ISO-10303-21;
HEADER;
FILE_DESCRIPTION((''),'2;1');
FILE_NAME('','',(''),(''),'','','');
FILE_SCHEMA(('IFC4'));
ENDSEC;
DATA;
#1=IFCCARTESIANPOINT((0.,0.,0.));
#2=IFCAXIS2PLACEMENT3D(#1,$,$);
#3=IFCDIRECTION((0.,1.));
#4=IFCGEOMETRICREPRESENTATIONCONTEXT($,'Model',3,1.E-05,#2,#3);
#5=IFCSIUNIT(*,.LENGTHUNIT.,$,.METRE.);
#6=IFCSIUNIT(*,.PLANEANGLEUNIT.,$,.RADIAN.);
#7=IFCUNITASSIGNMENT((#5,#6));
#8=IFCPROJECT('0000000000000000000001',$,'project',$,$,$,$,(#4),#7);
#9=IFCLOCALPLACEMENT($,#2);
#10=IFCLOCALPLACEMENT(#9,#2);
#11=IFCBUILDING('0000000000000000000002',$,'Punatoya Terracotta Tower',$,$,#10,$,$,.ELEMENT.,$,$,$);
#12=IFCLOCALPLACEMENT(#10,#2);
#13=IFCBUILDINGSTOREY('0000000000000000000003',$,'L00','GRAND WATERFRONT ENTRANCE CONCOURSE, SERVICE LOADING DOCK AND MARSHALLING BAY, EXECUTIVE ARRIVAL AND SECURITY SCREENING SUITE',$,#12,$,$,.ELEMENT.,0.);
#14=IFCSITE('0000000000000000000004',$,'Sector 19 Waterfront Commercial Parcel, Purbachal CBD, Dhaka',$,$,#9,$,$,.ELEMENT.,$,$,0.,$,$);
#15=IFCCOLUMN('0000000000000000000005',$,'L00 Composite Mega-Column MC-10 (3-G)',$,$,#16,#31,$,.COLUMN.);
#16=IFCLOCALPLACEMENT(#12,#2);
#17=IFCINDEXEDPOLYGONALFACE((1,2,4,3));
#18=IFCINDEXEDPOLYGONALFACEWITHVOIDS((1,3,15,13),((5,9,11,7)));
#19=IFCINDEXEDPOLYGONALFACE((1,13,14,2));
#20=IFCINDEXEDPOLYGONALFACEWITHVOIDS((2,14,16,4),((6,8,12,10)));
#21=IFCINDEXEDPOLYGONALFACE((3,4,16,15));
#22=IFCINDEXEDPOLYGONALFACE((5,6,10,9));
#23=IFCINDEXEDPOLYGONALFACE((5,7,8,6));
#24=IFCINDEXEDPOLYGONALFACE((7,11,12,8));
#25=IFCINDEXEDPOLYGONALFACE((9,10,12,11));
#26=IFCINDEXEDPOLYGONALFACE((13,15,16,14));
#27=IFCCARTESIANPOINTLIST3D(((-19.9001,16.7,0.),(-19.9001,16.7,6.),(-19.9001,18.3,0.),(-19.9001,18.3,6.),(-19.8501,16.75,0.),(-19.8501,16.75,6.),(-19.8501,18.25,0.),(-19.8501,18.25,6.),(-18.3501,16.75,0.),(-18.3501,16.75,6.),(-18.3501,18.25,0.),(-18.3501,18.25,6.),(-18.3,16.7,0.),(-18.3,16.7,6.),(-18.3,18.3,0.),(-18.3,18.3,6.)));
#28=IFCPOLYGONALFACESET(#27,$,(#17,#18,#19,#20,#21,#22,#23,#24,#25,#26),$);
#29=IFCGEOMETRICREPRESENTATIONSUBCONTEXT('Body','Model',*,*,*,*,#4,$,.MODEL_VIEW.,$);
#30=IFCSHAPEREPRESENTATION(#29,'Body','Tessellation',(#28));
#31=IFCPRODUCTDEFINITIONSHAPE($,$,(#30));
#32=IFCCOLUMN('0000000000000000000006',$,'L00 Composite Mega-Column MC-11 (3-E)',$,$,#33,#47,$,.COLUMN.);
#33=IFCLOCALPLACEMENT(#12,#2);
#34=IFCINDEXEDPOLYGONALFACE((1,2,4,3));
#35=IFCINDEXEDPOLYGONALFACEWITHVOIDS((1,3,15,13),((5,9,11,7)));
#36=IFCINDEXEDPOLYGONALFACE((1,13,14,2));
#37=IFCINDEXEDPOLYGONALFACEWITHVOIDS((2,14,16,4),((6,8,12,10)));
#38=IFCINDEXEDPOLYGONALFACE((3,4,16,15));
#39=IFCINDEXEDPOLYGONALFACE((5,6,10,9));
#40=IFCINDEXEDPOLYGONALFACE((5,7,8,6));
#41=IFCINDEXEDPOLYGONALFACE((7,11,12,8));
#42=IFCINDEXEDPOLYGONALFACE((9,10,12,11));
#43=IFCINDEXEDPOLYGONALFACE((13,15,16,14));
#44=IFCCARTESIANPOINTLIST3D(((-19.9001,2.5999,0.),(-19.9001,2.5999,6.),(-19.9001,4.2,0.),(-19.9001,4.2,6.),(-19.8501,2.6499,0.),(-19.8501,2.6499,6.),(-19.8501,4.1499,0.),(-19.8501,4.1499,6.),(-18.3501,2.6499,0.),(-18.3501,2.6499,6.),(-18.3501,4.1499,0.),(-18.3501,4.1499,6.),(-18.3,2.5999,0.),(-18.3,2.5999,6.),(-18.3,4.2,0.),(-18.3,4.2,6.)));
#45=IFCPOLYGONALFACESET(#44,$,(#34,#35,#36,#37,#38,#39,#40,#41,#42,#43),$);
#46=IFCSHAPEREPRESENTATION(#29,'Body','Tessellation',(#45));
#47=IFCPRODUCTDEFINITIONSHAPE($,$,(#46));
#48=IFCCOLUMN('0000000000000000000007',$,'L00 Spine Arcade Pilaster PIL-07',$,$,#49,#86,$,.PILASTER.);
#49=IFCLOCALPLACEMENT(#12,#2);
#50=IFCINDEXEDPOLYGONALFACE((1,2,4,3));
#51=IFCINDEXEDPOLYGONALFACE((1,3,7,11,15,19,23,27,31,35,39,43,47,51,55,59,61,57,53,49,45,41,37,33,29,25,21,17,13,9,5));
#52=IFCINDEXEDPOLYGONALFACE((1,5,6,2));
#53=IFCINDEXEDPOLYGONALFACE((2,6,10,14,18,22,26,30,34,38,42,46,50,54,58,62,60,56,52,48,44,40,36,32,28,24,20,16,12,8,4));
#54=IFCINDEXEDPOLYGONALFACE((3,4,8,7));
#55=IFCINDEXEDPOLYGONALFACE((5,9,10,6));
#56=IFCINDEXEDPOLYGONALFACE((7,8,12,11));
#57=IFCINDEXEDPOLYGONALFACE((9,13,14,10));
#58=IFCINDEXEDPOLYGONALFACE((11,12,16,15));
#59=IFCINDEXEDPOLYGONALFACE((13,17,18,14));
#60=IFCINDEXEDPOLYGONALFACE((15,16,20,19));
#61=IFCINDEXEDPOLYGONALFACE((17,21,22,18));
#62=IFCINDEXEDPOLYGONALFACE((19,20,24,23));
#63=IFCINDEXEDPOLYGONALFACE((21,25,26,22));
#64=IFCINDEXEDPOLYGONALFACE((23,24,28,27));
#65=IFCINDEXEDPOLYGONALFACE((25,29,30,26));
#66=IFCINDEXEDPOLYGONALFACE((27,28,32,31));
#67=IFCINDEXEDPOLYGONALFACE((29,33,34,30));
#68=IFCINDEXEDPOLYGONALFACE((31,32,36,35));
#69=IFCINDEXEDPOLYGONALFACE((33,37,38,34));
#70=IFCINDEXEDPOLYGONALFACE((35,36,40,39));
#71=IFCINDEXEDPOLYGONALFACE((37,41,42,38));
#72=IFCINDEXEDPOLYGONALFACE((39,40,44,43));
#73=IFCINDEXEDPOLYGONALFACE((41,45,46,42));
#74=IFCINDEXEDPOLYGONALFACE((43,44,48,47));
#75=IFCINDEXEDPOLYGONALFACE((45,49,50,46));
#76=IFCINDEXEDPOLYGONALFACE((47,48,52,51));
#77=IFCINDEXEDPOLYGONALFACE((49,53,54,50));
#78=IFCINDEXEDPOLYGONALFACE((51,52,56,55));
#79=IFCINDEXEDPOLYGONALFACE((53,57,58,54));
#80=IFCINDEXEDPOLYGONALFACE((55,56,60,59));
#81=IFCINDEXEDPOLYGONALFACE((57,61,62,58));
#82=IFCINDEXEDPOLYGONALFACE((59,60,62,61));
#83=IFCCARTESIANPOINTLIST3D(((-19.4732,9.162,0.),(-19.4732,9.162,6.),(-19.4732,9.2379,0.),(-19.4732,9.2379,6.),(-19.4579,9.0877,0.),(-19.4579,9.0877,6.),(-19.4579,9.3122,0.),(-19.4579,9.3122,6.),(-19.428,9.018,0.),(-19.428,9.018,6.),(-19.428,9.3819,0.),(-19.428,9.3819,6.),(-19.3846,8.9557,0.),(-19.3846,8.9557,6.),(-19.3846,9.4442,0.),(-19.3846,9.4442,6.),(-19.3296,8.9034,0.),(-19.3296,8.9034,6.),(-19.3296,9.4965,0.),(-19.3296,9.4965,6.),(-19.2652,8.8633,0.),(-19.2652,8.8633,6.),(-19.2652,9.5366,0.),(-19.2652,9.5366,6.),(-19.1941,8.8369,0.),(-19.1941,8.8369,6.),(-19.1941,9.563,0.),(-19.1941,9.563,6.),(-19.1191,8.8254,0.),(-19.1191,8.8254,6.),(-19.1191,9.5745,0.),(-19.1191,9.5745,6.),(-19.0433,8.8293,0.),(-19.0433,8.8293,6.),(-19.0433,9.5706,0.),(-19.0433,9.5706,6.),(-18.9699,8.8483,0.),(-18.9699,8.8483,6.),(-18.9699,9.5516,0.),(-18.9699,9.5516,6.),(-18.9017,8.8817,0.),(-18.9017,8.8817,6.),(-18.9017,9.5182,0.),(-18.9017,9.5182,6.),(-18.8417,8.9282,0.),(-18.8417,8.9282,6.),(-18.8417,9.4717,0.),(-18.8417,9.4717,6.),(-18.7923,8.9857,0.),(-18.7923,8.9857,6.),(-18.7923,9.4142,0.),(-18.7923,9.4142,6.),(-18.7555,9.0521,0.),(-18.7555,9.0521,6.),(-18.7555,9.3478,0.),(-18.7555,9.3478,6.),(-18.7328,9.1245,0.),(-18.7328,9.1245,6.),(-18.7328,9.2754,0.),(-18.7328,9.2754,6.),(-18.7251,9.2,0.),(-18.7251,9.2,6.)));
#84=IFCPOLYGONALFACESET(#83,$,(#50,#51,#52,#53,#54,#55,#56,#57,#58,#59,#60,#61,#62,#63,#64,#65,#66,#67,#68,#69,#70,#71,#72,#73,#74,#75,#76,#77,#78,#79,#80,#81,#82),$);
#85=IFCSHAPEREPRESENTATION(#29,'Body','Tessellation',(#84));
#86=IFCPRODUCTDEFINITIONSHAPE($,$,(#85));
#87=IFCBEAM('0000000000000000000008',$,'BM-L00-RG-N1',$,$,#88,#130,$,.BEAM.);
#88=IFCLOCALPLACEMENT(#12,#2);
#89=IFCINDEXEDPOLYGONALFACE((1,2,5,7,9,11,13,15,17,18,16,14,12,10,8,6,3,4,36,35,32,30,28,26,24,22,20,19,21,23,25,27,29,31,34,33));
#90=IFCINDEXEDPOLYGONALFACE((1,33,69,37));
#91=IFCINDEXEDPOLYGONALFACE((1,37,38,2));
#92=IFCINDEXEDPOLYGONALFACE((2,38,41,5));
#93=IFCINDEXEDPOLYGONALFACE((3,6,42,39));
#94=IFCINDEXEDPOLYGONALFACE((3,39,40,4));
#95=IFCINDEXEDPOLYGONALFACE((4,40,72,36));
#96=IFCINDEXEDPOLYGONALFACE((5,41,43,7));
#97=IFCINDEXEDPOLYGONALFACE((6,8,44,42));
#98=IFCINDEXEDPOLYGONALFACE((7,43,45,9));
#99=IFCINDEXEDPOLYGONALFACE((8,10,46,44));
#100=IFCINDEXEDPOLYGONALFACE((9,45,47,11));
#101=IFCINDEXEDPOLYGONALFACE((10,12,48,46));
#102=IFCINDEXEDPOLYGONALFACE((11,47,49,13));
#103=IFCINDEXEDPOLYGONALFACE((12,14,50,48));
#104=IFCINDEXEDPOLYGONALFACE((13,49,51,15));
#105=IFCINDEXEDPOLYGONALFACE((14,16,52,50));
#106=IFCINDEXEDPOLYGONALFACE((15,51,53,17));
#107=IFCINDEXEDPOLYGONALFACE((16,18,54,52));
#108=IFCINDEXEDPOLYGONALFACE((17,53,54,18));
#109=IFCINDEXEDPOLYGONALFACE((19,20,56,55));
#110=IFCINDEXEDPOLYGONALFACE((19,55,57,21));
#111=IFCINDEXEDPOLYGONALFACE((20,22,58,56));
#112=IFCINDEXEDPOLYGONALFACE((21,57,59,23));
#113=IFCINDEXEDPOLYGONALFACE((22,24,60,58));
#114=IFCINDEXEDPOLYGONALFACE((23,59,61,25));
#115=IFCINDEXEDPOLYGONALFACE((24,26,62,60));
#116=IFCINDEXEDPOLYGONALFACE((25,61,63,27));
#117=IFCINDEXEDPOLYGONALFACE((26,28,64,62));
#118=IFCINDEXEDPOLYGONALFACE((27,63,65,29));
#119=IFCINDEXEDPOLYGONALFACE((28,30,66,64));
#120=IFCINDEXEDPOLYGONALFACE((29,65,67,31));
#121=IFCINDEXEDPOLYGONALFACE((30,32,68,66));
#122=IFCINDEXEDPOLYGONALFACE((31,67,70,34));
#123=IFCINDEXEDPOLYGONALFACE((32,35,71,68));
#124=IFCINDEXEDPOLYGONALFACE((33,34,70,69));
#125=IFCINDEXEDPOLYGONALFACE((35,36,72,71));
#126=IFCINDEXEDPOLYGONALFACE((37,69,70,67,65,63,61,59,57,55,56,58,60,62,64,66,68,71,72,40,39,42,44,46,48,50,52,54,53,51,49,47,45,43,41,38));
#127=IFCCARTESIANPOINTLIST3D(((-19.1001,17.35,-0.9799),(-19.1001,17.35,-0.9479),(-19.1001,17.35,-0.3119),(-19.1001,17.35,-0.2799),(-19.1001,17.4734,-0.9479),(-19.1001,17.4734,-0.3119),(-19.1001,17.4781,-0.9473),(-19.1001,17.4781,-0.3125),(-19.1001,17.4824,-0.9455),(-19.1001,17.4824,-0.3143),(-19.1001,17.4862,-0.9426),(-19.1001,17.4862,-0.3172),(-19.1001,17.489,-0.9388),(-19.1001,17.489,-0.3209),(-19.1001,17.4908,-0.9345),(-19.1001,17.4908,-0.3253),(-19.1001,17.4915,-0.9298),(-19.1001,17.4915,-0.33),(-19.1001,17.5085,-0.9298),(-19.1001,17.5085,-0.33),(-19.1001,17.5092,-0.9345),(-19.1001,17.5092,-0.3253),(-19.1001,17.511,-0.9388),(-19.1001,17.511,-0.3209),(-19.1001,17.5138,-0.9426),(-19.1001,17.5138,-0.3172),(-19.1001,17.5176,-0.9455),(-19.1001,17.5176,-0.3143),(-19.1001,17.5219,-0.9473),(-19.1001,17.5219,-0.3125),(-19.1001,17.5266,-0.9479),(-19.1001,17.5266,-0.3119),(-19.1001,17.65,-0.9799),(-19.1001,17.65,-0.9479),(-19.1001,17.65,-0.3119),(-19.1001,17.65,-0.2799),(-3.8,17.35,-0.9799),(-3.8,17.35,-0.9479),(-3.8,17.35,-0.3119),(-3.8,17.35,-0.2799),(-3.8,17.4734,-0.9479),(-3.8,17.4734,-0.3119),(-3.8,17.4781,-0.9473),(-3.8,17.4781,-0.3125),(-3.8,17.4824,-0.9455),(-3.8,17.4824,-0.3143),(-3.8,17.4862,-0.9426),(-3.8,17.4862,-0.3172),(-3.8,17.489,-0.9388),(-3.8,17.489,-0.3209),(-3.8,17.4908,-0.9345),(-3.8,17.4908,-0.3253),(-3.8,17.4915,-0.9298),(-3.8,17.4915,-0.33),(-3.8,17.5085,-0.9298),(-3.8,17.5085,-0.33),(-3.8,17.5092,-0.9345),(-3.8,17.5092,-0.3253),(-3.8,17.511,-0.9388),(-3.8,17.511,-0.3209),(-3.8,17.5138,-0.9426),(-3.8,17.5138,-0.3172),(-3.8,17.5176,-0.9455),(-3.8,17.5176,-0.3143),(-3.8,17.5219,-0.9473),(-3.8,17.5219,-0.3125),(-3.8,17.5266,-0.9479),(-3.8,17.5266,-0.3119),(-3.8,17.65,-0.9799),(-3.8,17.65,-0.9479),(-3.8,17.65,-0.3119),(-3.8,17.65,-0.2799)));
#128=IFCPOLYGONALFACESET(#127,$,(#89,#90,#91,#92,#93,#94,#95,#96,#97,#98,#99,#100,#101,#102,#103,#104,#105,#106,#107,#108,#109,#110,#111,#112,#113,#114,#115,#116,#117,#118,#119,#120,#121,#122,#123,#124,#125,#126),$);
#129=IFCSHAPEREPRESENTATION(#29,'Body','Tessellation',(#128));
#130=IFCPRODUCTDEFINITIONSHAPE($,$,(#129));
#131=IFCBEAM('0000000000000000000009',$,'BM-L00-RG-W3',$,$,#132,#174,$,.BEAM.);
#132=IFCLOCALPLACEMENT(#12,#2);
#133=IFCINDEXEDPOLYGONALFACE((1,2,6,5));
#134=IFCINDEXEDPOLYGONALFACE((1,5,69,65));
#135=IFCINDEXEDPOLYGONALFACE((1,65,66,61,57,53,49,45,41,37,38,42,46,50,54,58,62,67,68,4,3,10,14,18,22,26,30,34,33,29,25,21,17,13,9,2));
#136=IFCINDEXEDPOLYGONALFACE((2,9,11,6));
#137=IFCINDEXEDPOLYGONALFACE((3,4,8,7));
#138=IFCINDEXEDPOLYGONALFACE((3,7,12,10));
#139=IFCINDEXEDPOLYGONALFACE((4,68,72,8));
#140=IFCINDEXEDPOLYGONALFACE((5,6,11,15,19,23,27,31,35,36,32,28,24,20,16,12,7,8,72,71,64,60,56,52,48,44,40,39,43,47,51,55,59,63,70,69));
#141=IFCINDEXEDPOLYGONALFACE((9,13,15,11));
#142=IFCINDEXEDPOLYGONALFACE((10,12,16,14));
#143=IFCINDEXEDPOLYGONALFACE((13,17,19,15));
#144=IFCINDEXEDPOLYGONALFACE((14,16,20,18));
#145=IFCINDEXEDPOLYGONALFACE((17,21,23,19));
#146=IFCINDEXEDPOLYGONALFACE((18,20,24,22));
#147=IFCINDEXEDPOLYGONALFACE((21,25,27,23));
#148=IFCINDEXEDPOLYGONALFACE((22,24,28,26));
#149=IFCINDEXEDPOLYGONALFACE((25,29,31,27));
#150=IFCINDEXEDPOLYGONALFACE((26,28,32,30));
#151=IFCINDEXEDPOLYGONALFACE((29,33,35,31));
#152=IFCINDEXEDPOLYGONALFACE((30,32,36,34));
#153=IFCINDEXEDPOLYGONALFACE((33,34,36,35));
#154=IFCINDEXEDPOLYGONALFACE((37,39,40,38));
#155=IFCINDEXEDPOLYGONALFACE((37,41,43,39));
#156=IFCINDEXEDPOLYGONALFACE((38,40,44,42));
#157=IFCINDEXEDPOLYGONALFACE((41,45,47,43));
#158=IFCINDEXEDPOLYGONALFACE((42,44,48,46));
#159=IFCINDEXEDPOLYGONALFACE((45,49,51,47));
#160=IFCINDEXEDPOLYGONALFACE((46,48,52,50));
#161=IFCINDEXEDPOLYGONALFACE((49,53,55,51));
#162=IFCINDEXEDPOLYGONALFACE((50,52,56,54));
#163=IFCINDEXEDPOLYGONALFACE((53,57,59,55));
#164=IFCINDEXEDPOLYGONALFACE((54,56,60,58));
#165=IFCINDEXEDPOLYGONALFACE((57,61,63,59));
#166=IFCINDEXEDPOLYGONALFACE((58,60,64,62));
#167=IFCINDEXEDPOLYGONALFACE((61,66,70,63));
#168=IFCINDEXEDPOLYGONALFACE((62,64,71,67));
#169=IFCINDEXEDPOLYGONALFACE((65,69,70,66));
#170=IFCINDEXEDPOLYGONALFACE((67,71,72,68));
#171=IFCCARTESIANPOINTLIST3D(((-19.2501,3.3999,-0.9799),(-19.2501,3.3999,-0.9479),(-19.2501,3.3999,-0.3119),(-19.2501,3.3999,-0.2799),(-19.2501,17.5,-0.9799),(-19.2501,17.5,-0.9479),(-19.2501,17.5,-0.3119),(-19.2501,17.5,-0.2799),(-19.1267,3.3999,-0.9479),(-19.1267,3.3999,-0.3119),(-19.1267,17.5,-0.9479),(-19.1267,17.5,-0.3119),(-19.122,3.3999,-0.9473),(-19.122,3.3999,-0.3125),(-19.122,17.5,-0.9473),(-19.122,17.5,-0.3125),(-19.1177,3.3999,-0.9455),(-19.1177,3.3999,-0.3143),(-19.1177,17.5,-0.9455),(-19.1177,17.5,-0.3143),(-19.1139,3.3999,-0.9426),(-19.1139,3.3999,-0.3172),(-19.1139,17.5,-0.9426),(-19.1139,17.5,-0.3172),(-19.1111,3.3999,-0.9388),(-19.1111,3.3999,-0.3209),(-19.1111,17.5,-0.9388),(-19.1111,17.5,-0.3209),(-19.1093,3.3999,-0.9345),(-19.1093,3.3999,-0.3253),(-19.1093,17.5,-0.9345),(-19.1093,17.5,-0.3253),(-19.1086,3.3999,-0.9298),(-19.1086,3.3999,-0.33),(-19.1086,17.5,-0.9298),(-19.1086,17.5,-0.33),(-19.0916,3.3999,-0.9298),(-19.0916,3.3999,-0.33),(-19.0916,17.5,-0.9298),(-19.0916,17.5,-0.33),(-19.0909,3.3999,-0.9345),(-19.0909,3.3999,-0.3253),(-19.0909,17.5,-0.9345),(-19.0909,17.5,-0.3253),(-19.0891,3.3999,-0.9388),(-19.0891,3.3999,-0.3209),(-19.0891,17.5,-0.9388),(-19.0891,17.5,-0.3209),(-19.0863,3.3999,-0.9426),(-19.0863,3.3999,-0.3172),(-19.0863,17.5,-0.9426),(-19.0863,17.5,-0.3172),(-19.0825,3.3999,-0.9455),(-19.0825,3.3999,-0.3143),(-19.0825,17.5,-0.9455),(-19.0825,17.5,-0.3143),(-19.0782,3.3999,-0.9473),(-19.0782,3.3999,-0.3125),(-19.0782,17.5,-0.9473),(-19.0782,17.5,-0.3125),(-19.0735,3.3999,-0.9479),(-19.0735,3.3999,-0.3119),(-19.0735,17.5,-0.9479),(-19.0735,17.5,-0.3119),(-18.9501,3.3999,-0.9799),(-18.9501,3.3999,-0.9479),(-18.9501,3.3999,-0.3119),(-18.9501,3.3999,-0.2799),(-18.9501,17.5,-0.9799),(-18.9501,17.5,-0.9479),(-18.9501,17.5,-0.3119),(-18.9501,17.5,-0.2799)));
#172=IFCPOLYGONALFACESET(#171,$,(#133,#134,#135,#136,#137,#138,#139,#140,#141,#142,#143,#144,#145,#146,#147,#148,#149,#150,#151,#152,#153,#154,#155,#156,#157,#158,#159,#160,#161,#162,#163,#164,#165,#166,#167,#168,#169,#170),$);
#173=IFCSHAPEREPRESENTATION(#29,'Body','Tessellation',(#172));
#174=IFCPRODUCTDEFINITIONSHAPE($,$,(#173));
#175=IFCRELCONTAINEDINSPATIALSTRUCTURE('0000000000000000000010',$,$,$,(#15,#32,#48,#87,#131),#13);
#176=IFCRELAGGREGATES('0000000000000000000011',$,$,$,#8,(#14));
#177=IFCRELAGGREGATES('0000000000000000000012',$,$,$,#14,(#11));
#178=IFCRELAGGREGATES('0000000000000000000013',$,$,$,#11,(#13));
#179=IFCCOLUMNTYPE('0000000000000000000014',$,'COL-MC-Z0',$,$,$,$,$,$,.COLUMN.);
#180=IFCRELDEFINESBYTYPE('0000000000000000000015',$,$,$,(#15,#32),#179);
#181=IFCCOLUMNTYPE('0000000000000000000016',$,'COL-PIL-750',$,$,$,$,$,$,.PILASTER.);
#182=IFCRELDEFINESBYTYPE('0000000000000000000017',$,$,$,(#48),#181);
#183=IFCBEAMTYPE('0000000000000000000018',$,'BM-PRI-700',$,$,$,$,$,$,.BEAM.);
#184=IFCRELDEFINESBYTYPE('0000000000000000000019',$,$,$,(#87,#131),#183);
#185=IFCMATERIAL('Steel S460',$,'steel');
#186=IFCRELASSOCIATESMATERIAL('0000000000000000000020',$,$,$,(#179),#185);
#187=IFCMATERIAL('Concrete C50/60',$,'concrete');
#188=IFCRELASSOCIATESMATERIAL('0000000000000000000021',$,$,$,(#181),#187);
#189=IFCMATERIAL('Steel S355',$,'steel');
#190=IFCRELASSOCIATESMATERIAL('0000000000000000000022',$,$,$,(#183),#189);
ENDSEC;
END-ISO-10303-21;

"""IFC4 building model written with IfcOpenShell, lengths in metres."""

from ifc_helpers import new_model, si_unit, direction, frame, origin, origin_2d, place, context, subcontext, project, spatial, hollow_rectangle, circle, i_section, extrude, material, material_profile, profile_set, type_object, element, save


model = new_model("IFC4")

# Units and contexts
model_context = context("Model", 3, precision=1e-05, world=origin(), true_north=direction((0.0, 1.0)))
body_context = subcontext(model_context, "Body", "Model", "MODEL_VIEW")
ifc_project = project(units=[si_unit("LENGTHUNIT", "METRE"), si_unit("PLANEANGLEUNIT", "RADIAN")], contexts=[model_context])

# Site, building, storey
site_placement = place(None, origin())
site = spatial("IfcSite", under=ifc_project, at=site_placement, Name="Sector 19 Waterfront Commercial Parcel, Purbachal CBD, Dhaka", CompositionType="ELEMENT", RefElevation=0.0)
building_placement = place(site_placement, origin())
building = spatial("IfcBuilding", under=site, at=building_placement, Name="Punatoya Terracotta Tower", CompositionType="ELEMENT")
storey_placement = place(building_placement, origin())
storey = spatial("IfcBuildingStorey", under=building, at=storey_placement, Name="L00", Description="GRAND WATERFRONT ENTRANCE CONCOURSE, SERVICE LOADING DOCK AND MARSHALLING BAY, EXECUTIVE ARRIVAL AND SECURITY SCREENING SUITE", CompositionType="ELEMENT", Elevation=0.0)

# Columns
ifc_material_1 = material(Name="Steel S460", Category="steel")
ifc_material_profile_1 = material_profile(ifc_material_1, hollow_rectangle(XDim=1.6001, YDim=1.6001, WallThickness=0.05, at=origin_2d()))
ifc_profile_set_1 = profile_set([ifc_material_profile_1], Name="Steel S460")
column_type_1 = type_object("IfcColumnType", Name="COL-MC-Z0", PredefinedType="COLUMN", material=ifc_profile_set_1)
for number, where, z_axis, x_axis, name in (
    (1, (-19.1001, 17.5, 0.0), (0.0, 0.0, 1.0), (1.0, 0.0, 0.0), "L00 Composite Mega-Column MC-10 (3-G)"),
    (2, (-19.1001, 3.3999, 0.0), (0.0, 0.0, 1.0), (1.0, 0.0, 0.0), "L00 Composite Mega-Column MC-11 (3-E)"),
):
    element("IfcColumn", number, at=place(storey_placement, frame(where, z_axis=z_axis, x_axis=x_axis)), inside=storey, type_object=column_type_1, Name=name, PredefinedType="COLUMN", context=body_context, shape_type="SweptSolid", body=[
        extrude(hollow_rectangle(XDim=1.6001, YDim=1.6001, WallThickness=0.05, at=origin_2d()), origin(), (0.0, 0.0, 1.0), 6.0),
    ])
ifc_material_2 = material(Name="Concrete C50/60", Category="concrete")
ifc_material_profile_2 = material_profile(ifc_material_2, circle(Radius=0.375, at=origin_2d()))
ifc_profile_set_2 = profile_set([ifc_material_profile_2], Name="Concrete C50/60")
column_type_2 = type_object("IfcColumnType", Name="COL-PIL-750", PredefinedType="PILASTER", material=ifc_profile_set_2)
column_placement = place(storey_placement, frame((-19.1001, 9.2, 0.0), z_axis=(0.0, 0.0, 1.0), x_axis=(1.0, 0.0, 0.0)))
element("IfcColumn", 3, at=column_placement, inside=storey, type_object=column_type_2, Name="L00 Spine Arcade Pilaster PIL-07", PredefinedType="PILASTER", context=body_context, shape_type="SweptSolid", body=[
    extrude(circle(Radius=0.375, at=origin_2d()), origin(), (0.0, 0.0, 1.0), 6.0),
])

# Beams
ifc_material_3 = material(Name="Steel S355", Category="steel")
ifc_material_profile_3 = material_profile(ifc_material_3, i_section(OverallWidth=0.3, OverallDepth=0.7, WebThickness=0.0171, FlangeThickness=0.032, FilletRadius=0.0181, at=origin_2d()))
ifc_profile_set_3 = profile_set([ifc_material_profile_3], Name="Steel S355")
beam_type_1 = type_object("IfcBeamType", Name="BM-PRI-700", PredefinedType="BEAM", material=ifc_profile_set_3)
beam_1_placement = place(storey_placement, frame((-19.1001, 17.5, -0.6299), z_axis=(1.0, 0.0, 0.0), x_axis=(0.0, 1.0, 0.0)))
element("IfcBeam", 4, at=beam_1_placement, inside=storey, type_object=beam_type_1, Name="BM-L00-RG-N1", PredefinedType="BEAM", context=body_context, shape_type="SweptSolid", body=[
    extrude(i_section(OverallWidth=0.3, OverallDepth=0.7, WebThickness=0.0171, FlangeThickness=0.032, FilletRadius=0.0181, at=origin_2d()), origin(), (0.0, 0.0, 1.0), 15.3),
])
beam_2_placement = place(storey_placement, frame((-19.1001, 3.3999, -0.6299), z_axis=(0.0, 1.0, 0.0), x_axis=(-1.0, 0.0, 0.0)))
element("IfcBeam", 5, at=beam_2_placement, inside=storey, type_object=beam_type_1, Name="BM-L00-RG-W3", PredefinedType="BEAM", context=body_context, shape_type="SweptSolid", body=[
    extrude(i_section(OverallWidth=0.3, OverallDepth=0.7, WebThickness=0.0171, FlangeThickness=0.032, FilletRadius=0.0181, at=origin_2d()), origin(), (0.0, 0.0, 1.0), 14.1001),
])

save(model, "model.ifc")
